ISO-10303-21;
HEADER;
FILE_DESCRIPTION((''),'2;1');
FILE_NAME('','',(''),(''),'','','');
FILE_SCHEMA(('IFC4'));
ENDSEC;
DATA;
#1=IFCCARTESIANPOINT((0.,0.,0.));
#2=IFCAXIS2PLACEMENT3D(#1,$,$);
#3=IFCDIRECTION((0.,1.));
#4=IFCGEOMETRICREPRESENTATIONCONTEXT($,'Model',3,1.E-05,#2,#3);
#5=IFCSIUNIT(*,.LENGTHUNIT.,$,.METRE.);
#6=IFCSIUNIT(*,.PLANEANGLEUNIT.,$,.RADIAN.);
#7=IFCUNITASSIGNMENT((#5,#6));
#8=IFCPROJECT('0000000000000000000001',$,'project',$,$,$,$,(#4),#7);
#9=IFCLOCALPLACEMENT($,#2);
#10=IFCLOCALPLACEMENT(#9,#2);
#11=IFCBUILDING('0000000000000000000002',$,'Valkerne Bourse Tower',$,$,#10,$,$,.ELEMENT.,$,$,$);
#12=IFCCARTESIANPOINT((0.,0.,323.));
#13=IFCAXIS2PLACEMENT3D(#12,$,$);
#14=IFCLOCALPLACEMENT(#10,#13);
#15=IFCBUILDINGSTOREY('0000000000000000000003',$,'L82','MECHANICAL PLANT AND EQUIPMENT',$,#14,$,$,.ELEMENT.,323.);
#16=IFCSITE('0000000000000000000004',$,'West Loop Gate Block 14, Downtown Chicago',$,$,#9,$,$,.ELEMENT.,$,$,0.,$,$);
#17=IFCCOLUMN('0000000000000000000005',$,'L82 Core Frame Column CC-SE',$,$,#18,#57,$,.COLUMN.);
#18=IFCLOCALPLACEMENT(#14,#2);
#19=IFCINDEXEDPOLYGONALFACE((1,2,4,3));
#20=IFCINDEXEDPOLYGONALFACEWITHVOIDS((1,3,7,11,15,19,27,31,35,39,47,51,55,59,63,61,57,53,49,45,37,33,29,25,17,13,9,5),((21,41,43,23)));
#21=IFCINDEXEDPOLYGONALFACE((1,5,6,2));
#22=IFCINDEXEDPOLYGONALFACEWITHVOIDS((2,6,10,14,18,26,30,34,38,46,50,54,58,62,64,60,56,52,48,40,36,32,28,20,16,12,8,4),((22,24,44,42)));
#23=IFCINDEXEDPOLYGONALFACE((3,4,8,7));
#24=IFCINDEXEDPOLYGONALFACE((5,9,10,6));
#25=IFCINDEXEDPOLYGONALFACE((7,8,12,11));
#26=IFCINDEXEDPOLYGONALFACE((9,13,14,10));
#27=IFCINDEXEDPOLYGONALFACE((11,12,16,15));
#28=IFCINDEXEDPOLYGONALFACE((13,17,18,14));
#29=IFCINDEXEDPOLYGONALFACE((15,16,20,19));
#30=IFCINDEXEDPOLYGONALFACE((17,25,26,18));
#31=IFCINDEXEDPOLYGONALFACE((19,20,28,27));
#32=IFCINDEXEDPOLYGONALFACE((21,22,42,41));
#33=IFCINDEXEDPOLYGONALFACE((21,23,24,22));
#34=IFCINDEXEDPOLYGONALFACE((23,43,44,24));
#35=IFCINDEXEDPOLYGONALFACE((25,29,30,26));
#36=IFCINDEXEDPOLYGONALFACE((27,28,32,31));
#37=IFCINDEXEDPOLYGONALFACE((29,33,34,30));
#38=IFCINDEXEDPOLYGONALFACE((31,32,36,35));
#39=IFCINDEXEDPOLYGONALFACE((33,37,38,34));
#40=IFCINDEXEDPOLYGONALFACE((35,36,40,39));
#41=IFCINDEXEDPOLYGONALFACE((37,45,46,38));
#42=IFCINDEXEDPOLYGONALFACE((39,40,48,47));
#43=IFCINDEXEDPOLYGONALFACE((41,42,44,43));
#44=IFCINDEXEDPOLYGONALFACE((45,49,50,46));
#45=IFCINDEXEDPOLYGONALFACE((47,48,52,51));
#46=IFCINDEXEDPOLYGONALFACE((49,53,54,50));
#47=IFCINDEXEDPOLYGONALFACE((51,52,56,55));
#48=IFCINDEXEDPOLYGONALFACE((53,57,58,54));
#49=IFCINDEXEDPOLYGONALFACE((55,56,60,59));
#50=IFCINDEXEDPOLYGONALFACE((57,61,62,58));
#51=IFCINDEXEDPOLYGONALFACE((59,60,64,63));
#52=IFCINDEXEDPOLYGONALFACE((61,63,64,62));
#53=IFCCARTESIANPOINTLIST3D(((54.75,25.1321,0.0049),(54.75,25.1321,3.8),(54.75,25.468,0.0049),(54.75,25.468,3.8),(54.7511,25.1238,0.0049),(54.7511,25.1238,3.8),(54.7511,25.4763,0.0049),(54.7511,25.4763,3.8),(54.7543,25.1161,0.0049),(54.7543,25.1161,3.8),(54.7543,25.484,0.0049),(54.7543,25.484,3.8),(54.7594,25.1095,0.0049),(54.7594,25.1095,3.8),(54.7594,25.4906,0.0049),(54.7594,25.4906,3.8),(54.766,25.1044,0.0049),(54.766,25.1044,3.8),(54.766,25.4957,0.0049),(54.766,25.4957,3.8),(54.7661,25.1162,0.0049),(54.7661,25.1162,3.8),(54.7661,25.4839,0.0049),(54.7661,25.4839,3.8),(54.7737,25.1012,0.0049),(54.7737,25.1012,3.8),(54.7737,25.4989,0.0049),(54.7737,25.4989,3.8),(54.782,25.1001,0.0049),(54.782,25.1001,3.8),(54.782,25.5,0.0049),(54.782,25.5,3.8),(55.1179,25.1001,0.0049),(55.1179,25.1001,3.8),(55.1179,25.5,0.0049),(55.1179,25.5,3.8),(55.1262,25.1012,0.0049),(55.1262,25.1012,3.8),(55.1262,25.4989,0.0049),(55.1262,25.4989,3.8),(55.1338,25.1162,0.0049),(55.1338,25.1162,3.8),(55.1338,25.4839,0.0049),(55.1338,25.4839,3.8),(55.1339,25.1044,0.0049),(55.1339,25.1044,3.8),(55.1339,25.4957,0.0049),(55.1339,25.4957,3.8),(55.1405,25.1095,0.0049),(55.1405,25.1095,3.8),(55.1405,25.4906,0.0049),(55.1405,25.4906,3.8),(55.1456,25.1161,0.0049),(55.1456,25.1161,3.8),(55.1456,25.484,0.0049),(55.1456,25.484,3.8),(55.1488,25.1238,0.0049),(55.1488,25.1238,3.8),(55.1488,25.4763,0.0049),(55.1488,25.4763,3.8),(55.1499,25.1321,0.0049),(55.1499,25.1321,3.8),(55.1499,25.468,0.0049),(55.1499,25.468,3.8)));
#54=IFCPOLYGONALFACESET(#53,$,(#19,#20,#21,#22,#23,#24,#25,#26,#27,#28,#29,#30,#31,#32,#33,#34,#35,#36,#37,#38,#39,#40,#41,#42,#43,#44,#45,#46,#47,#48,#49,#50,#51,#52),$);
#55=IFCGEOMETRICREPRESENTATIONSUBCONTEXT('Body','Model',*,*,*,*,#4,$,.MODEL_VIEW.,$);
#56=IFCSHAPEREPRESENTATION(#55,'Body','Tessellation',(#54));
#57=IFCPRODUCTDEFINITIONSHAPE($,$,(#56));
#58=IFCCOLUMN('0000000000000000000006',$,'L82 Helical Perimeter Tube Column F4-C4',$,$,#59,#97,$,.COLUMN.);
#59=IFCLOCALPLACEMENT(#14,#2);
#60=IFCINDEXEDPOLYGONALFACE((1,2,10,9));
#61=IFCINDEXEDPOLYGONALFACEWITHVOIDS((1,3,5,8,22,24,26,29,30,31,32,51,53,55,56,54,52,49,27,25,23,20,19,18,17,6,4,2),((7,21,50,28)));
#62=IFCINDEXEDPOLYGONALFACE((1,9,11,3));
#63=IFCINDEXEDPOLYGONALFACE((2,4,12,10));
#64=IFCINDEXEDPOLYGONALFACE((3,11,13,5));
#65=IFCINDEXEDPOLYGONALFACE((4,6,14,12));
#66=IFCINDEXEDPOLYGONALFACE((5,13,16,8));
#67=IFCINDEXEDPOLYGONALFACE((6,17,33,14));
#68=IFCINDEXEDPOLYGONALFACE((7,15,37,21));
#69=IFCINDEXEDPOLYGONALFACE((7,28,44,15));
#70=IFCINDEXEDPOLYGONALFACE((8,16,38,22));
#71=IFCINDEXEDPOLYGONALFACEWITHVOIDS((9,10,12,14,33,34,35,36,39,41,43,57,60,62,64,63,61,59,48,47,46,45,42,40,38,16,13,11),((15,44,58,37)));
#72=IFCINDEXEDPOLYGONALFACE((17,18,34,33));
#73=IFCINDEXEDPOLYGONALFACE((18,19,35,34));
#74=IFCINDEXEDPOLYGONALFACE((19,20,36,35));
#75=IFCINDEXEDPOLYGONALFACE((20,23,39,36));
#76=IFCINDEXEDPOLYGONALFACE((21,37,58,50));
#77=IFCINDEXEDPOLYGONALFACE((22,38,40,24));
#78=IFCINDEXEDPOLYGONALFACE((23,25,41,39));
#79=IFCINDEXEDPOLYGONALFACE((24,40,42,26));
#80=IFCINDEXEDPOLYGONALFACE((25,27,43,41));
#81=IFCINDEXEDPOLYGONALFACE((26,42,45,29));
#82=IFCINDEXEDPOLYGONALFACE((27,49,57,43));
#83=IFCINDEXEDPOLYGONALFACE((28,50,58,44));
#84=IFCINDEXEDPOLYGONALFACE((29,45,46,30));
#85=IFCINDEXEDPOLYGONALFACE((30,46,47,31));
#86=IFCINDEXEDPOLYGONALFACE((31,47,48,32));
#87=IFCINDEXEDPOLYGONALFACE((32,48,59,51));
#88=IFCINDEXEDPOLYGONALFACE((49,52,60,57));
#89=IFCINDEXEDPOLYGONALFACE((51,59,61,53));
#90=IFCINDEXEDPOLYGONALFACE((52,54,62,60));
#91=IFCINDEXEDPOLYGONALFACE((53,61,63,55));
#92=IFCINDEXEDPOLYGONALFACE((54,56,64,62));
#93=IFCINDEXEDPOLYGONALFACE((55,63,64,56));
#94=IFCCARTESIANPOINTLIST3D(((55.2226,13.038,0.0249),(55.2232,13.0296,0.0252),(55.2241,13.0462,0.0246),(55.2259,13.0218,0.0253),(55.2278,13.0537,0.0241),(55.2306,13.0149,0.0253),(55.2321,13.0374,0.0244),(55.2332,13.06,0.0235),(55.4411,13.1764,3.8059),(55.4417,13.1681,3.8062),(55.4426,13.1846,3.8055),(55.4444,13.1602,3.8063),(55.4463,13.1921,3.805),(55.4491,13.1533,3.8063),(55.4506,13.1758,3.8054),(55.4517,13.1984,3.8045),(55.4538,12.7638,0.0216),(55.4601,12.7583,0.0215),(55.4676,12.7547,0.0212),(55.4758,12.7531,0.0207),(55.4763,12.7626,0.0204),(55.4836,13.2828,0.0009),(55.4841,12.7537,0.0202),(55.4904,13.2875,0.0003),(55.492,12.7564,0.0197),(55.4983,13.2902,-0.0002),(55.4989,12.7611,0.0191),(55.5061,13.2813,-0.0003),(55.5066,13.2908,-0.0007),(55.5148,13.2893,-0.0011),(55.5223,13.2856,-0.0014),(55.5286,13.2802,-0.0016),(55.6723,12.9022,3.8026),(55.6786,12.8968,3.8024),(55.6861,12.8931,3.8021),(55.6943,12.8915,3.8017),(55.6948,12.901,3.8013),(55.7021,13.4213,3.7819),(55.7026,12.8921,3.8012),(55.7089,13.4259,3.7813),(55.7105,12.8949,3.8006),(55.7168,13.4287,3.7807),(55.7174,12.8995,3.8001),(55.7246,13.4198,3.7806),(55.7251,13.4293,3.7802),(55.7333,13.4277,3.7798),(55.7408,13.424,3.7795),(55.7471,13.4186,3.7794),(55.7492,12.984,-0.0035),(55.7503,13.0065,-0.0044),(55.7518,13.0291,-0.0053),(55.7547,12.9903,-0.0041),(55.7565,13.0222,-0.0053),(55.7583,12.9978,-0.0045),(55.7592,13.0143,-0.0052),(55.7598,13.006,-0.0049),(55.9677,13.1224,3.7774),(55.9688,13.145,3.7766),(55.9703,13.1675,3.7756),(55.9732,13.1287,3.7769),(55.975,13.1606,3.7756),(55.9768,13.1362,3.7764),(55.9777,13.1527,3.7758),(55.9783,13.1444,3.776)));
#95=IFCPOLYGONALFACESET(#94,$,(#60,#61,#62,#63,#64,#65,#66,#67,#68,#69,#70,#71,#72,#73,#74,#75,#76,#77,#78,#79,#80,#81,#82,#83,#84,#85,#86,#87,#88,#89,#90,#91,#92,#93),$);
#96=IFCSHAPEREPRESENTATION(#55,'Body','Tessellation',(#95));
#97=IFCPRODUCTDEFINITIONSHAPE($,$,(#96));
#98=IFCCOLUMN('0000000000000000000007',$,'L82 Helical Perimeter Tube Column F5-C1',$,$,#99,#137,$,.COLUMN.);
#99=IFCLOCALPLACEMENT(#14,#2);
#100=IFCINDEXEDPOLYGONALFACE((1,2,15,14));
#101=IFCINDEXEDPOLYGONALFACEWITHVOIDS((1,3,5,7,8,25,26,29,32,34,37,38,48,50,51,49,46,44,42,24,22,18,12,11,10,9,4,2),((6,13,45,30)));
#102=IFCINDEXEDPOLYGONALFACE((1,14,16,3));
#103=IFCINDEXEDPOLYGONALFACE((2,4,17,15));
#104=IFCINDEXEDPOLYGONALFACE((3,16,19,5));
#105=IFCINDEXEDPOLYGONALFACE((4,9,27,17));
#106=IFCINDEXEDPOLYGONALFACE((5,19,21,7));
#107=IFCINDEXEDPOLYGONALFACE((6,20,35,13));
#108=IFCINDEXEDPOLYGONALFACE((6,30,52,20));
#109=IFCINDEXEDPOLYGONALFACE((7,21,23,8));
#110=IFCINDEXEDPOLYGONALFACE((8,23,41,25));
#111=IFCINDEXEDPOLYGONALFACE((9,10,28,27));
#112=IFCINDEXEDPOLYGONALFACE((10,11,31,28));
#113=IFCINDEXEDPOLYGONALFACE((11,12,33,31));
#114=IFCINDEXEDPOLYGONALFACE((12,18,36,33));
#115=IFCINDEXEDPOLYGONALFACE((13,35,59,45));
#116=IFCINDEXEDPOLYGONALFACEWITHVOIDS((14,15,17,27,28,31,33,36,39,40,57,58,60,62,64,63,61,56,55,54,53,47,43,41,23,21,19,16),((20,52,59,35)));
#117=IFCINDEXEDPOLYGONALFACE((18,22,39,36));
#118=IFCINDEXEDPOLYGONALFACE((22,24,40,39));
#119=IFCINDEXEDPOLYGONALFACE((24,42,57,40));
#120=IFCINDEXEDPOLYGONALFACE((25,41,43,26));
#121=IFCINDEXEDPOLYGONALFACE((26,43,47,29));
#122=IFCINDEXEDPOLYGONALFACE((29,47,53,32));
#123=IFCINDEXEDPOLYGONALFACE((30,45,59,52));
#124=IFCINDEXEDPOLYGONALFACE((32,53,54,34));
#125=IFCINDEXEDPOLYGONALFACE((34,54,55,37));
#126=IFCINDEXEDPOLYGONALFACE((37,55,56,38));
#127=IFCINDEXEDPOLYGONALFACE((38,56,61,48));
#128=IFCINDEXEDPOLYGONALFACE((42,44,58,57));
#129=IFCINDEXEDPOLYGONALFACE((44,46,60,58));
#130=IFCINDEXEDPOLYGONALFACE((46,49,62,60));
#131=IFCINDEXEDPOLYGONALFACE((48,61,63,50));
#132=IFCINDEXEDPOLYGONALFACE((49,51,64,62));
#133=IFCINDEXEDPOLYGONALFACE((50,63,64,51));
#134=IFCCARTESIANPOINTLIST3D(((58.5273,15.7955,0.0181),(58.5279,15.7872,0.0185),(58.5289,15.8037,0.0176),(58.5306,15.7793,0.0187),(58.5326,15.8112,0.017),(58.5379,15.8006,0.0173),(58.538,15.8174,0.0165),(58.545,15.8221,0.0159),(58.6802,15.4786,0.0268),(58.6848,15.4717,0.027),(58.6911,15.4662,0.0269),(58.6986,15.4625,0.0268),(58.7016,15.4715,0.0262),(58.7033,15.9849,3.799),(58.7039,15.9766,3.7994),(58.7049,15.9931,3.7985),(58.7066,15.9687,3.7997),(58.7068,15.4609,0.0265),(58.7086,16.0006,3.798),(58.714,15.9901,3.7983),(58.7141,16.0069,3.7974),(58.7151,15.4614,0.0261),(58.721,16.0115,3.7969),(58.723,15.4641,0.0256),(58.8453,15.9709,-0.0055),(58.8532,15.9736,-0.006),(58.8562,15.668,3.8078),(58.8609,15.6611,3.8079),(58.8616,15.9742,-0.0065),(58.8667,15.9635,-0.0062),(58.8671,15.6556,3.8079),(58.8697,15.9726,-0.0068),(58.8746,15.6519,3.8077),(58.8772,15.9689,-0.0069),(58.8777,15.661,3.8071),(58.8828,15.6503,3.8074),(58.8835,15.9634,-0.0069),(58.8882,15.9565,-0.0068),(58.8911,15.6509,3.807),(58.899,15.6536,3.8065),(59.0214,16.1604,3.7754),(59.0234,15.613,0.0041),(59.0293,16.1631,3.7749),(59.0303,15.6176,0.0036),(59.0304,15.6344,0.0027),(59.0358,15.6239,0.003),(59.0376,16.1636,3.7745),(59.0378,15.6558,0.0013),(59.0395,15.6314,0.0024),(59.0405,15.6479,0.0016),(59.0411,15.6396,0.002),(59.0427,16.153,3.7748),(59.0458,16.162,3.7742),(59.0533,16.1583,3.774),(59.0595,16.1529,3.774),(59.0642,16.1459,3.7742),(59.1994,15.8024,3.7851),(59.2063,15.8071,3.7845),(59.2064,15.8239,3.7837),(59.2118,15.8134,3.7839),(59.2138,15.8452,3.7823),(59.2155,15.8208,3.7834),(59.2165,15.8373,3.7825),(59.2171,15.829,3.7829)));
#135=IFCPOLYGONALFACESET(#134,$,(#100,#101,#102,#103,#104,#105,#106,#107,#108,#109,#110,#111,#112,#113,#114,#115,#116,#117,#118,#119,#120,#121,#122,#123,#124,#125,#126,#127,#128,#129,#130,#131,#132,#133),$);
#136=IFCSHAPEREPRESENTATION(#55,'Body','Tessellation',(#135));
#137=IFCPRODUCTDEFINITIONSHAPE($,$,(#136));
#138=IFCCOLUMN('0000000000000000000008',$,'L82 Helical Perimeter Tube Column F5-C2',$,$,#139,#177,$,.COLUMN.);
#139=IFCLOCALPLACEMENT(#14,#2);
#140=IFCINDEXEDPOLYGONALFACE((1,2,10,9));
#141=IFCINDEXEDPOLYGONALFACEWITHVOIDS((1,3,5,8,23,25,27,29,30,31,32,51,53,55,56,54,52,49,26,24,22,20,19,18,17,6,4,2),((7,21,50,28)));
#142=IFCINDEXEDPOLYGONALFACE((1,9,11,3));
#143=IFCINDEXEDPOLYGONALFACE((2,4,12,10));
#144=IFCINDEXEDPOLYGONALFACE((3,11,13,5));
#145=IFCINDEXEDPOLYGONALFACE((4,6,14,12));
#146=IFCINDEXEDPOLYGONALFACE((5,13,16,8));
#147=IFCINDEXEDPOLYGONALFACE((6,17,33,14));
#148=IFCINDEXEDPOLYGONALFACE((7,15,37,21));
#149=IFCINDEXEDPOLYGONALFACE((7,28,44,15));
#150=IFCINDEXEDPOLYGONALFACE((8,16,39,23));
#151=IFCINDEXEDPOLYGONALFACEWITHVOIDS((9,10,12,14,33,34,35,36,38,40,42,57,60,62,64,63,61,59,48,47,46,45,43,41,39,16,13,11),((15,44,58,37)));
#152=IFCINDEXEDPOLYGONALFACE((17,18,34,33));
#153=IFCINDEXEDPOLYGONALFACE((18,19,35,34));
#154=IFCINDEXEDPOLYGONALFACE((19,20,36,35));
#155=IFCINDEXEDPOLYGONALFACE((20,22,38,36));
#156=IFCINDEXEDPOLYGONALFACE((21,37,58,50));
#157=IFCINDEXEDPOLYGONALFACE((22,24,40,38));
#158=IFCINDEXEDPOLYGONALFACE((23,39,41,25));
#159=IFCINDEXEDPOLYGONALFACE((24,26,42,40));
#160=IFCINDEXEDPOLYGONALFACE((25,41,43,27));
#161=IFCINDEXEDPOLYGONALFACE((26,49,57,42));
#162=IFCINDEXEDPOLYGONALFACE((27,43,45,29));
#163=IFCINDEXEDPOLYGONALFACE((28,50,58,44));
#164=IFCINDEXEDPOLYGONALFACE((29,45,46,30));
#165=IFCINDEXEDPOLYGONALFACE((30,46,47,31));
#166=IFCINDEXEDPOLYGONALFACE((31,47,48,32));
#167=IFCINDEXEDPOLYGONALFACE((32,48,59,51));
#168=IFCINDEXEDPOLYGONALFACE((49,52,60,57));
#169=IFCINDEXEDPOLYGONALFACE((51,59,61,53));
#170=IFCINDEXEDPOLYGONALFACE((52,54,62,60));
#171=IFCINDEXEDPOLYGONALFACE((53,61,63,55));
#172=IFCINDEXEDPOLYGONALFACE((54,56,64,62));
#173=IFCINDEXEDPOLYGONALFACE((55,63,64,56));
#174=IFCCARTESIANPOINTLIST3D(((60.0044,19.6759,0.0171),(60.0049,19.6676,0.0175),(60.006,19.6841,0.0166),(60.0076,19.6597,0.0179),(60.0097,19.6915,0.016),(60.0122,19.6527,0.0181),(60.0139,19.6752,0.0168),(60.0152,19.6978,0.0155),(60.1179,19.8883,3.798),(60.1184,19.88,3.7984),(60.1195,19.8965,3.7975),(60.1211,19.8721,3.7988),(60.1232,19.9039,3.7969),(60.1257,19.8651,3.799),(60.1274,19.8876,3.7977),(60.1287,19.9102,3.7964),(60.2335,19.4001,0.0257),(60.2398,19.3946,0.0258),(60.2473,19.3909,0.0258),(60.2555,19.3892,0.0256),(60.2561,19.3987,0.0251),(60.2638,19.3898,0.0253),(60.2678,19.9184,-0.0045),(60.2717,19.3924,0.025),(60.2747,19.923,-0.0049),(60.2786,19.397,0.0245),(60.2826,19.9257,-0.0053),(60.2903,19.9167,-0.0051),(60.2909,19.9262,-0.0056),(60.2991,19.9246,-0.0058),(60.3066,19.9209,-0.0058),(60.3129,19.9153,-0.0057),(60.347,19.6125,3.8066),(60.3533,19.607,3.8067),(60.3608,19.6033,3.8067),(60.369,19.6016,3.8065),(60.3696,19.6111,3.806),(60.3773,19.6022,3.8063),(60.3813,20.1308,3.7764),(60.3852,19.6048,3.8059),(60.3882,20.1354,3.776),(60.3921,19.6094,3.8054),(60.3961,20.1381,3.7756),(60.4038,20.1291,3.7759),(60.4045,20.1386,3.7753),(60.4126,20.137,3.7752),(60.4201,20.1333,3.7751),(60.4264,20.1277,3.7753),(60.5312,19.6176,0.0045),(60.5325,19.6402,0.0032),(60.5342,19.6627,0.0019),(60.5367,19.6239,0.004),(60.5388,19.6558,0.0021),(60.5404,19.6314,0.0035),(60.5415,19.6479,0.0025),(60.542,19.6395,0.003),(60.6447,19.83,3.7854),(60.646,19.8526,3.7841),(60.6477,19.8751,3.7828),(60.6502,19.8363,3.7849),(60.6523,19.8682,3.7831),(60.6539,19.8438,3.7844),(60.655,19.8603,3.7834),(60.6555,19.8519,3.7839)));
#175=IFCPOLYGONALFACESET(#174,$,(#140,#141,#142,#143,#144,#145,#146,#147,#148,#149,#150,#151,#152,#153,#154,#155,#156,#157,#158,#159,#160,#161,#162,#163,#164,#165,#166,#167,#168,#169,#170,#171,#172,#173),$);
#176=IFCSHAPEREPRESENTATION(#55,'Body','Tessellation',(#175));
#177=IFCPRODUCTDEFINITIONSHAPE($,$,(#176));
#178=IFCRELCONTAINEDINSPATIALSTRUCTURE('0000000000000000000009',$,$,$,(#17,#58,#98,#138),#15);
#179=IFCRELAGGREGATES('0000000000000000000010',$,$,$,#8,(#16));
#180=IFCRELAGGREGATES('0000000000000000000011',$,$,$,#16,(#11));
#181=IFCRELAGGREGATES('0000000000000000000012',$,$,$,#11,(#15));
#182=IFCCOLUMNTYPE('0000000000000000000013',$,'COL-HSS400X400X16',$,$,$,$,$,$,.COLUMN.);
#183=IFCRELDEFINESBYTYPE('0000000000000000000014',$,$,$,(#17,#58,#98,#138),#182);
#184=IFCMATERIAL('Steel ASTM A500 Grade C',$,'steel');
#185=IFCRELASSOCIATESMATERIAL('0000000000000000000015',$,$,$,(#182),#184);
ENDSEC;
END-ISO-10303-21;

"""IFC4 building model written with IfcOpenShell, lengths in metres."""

from ifc_helpers import new_model, si_unit, direction, frame, origin, origin_2d, place, context, subcontext, project, spatial, hollow_rectangle, extrude, material, material_profile, profile_set, type_object, element, save


model = new_model("IFC4")

# Units and contexts
model_context = context("Model", 3, precision=1e-05, world=origin(), true_north=direction((0.0, 1.0)))
body_context = subcontext(model_context, "Body", "Model", "MODEL_VIEW")
ifc_project = project(units=[si_unit("LENGTHUNIT", "METRE"), si_unit("PLANEANGLEUNIT", "RADIAN")], contexts=[model_context])

# Site, building, storey
site_placement = place(None, origin())
site = spatial("IfcSite", under=ifc_project, at=site_placement, Name="West Loop Gate Block 14, Downtown Chicago", CompositionType="ELEMENT", RefElevation=0.0)
building_placement = place(site_placement, origin())
building = spatial("IfcBuilding", under=site, at=building_placement, Name="Valkerne Bourse Tower", CompositionType="ELEMENT")
storey_placement = place(building_placement, frame((0.0, 0.0, 323.0)))
storey = spatial("IfcBuildingStorey", under=building, at=storey_placement, Name="L82", Description="MECHANICAL PLANT AND EQUIPMENT", CompositionType="ELEMENT", Elevation=323.0)

# Columns
ifc_material_1 = material(Name="Steel ASTM A500 Grade C", Category="steel")
ifc_material_profile_1 = material_profile(ifc_material_1, hollow_rectangle(XDim=0.3999, YDim=0.3999, WallThickness=0.0161, OuterFilletRadius=0.032, at=origin_2d()), Name="HSS400X400X16")
ifc_profile_set_1 = profile_set([ifc_material_profile_1], Name="Steel ASTM A500 Grade C")
column_type = type_object("IfcColumnType", Name="COL-HSS400X400X16", PredefinedType="COLUMN", material=ifc_profile_set_1)
column_placement = place(storey_placement, frame((54.95, 25.3, 0.0049), z_axis=(0.0, 0.0, 1.0), x_axis=(1.0, 0.0, 0.0)))
element("IfcColumn", 1, at=column_placement, inside=storey, type_object=column_type, Name="L82 Core Frame Column CC-SE", PredefinedType="COLUMN", context=body_context, shape_type="SweptSolid", body=[
    extrude(hollow_rectangle(XDim=0.3999, YDim=0.3999, WallThickness=0.0161, OuterFilletRadius=0.032, at=origin_2d()), origin(), (0.0, 0.0, 1.0), 3.7952),
])
for number, where, z_axis, x_axis, name in (
    (2, (55.4912, 13.022, 0.01), (0.057656, 0.036526, 0.997668), (-0.664326, 0.747361, 0.01103), "L82 Helical Perimeter Tube Column F4-C4"),
    (3, (58.7842, 15.7175, 0.01), (0.046447, 0.04999, 0.997669), (-0.894196, -0.443102, 0.063832), "L82 Helical Perimeter Tube Column F5-C1"),
):
    element("IfcColumn", number, at=place(storey_placement, frame(where, z_axis=z_axis, x_axis=x_axis)), inside=storey, type_object=column_type, Name=name, PredefinedType="COLUMN", context=body_context, shape_type="SweptSolid", body=[
        extrude(hollow_rectangle(XDim=0.3999, YDim=0.3999, WallThickness=0.0161, OuterFilletRadius=0.032, at=origin_2d()), origin(), (0.0, 0.0, 1.0), 3.7898),
    ])
for number, where, z_axis, x_axis, name in (
    (4, (60.2732, 19.6577, 0.01), (0.029964, 0.056063, 0.997978), (-0.751796, -0.656709, 0.059464), "L82 Helical Perimeter Tube Column F5-C2"),
):
    element("IfcColumn", number, at=place(storey_placement, frame(where, z_axis=z_axis, x_axis=x_axis)), inside=storey, type_object=column_type, Name=name, PredefinedType="COLUMN", context=body_context, shape_type="SweptSolid", body=[
        extrude(hollow_rectangle(XDim=0.3999, YDim=0.3999, WallThickness=0.0161, OuterFilletRadius=0.032, at=origin_2d()), origin(), (0.0, 0.0, 1.0), 3.7886),
    ])

save(model, "model.ifc")
